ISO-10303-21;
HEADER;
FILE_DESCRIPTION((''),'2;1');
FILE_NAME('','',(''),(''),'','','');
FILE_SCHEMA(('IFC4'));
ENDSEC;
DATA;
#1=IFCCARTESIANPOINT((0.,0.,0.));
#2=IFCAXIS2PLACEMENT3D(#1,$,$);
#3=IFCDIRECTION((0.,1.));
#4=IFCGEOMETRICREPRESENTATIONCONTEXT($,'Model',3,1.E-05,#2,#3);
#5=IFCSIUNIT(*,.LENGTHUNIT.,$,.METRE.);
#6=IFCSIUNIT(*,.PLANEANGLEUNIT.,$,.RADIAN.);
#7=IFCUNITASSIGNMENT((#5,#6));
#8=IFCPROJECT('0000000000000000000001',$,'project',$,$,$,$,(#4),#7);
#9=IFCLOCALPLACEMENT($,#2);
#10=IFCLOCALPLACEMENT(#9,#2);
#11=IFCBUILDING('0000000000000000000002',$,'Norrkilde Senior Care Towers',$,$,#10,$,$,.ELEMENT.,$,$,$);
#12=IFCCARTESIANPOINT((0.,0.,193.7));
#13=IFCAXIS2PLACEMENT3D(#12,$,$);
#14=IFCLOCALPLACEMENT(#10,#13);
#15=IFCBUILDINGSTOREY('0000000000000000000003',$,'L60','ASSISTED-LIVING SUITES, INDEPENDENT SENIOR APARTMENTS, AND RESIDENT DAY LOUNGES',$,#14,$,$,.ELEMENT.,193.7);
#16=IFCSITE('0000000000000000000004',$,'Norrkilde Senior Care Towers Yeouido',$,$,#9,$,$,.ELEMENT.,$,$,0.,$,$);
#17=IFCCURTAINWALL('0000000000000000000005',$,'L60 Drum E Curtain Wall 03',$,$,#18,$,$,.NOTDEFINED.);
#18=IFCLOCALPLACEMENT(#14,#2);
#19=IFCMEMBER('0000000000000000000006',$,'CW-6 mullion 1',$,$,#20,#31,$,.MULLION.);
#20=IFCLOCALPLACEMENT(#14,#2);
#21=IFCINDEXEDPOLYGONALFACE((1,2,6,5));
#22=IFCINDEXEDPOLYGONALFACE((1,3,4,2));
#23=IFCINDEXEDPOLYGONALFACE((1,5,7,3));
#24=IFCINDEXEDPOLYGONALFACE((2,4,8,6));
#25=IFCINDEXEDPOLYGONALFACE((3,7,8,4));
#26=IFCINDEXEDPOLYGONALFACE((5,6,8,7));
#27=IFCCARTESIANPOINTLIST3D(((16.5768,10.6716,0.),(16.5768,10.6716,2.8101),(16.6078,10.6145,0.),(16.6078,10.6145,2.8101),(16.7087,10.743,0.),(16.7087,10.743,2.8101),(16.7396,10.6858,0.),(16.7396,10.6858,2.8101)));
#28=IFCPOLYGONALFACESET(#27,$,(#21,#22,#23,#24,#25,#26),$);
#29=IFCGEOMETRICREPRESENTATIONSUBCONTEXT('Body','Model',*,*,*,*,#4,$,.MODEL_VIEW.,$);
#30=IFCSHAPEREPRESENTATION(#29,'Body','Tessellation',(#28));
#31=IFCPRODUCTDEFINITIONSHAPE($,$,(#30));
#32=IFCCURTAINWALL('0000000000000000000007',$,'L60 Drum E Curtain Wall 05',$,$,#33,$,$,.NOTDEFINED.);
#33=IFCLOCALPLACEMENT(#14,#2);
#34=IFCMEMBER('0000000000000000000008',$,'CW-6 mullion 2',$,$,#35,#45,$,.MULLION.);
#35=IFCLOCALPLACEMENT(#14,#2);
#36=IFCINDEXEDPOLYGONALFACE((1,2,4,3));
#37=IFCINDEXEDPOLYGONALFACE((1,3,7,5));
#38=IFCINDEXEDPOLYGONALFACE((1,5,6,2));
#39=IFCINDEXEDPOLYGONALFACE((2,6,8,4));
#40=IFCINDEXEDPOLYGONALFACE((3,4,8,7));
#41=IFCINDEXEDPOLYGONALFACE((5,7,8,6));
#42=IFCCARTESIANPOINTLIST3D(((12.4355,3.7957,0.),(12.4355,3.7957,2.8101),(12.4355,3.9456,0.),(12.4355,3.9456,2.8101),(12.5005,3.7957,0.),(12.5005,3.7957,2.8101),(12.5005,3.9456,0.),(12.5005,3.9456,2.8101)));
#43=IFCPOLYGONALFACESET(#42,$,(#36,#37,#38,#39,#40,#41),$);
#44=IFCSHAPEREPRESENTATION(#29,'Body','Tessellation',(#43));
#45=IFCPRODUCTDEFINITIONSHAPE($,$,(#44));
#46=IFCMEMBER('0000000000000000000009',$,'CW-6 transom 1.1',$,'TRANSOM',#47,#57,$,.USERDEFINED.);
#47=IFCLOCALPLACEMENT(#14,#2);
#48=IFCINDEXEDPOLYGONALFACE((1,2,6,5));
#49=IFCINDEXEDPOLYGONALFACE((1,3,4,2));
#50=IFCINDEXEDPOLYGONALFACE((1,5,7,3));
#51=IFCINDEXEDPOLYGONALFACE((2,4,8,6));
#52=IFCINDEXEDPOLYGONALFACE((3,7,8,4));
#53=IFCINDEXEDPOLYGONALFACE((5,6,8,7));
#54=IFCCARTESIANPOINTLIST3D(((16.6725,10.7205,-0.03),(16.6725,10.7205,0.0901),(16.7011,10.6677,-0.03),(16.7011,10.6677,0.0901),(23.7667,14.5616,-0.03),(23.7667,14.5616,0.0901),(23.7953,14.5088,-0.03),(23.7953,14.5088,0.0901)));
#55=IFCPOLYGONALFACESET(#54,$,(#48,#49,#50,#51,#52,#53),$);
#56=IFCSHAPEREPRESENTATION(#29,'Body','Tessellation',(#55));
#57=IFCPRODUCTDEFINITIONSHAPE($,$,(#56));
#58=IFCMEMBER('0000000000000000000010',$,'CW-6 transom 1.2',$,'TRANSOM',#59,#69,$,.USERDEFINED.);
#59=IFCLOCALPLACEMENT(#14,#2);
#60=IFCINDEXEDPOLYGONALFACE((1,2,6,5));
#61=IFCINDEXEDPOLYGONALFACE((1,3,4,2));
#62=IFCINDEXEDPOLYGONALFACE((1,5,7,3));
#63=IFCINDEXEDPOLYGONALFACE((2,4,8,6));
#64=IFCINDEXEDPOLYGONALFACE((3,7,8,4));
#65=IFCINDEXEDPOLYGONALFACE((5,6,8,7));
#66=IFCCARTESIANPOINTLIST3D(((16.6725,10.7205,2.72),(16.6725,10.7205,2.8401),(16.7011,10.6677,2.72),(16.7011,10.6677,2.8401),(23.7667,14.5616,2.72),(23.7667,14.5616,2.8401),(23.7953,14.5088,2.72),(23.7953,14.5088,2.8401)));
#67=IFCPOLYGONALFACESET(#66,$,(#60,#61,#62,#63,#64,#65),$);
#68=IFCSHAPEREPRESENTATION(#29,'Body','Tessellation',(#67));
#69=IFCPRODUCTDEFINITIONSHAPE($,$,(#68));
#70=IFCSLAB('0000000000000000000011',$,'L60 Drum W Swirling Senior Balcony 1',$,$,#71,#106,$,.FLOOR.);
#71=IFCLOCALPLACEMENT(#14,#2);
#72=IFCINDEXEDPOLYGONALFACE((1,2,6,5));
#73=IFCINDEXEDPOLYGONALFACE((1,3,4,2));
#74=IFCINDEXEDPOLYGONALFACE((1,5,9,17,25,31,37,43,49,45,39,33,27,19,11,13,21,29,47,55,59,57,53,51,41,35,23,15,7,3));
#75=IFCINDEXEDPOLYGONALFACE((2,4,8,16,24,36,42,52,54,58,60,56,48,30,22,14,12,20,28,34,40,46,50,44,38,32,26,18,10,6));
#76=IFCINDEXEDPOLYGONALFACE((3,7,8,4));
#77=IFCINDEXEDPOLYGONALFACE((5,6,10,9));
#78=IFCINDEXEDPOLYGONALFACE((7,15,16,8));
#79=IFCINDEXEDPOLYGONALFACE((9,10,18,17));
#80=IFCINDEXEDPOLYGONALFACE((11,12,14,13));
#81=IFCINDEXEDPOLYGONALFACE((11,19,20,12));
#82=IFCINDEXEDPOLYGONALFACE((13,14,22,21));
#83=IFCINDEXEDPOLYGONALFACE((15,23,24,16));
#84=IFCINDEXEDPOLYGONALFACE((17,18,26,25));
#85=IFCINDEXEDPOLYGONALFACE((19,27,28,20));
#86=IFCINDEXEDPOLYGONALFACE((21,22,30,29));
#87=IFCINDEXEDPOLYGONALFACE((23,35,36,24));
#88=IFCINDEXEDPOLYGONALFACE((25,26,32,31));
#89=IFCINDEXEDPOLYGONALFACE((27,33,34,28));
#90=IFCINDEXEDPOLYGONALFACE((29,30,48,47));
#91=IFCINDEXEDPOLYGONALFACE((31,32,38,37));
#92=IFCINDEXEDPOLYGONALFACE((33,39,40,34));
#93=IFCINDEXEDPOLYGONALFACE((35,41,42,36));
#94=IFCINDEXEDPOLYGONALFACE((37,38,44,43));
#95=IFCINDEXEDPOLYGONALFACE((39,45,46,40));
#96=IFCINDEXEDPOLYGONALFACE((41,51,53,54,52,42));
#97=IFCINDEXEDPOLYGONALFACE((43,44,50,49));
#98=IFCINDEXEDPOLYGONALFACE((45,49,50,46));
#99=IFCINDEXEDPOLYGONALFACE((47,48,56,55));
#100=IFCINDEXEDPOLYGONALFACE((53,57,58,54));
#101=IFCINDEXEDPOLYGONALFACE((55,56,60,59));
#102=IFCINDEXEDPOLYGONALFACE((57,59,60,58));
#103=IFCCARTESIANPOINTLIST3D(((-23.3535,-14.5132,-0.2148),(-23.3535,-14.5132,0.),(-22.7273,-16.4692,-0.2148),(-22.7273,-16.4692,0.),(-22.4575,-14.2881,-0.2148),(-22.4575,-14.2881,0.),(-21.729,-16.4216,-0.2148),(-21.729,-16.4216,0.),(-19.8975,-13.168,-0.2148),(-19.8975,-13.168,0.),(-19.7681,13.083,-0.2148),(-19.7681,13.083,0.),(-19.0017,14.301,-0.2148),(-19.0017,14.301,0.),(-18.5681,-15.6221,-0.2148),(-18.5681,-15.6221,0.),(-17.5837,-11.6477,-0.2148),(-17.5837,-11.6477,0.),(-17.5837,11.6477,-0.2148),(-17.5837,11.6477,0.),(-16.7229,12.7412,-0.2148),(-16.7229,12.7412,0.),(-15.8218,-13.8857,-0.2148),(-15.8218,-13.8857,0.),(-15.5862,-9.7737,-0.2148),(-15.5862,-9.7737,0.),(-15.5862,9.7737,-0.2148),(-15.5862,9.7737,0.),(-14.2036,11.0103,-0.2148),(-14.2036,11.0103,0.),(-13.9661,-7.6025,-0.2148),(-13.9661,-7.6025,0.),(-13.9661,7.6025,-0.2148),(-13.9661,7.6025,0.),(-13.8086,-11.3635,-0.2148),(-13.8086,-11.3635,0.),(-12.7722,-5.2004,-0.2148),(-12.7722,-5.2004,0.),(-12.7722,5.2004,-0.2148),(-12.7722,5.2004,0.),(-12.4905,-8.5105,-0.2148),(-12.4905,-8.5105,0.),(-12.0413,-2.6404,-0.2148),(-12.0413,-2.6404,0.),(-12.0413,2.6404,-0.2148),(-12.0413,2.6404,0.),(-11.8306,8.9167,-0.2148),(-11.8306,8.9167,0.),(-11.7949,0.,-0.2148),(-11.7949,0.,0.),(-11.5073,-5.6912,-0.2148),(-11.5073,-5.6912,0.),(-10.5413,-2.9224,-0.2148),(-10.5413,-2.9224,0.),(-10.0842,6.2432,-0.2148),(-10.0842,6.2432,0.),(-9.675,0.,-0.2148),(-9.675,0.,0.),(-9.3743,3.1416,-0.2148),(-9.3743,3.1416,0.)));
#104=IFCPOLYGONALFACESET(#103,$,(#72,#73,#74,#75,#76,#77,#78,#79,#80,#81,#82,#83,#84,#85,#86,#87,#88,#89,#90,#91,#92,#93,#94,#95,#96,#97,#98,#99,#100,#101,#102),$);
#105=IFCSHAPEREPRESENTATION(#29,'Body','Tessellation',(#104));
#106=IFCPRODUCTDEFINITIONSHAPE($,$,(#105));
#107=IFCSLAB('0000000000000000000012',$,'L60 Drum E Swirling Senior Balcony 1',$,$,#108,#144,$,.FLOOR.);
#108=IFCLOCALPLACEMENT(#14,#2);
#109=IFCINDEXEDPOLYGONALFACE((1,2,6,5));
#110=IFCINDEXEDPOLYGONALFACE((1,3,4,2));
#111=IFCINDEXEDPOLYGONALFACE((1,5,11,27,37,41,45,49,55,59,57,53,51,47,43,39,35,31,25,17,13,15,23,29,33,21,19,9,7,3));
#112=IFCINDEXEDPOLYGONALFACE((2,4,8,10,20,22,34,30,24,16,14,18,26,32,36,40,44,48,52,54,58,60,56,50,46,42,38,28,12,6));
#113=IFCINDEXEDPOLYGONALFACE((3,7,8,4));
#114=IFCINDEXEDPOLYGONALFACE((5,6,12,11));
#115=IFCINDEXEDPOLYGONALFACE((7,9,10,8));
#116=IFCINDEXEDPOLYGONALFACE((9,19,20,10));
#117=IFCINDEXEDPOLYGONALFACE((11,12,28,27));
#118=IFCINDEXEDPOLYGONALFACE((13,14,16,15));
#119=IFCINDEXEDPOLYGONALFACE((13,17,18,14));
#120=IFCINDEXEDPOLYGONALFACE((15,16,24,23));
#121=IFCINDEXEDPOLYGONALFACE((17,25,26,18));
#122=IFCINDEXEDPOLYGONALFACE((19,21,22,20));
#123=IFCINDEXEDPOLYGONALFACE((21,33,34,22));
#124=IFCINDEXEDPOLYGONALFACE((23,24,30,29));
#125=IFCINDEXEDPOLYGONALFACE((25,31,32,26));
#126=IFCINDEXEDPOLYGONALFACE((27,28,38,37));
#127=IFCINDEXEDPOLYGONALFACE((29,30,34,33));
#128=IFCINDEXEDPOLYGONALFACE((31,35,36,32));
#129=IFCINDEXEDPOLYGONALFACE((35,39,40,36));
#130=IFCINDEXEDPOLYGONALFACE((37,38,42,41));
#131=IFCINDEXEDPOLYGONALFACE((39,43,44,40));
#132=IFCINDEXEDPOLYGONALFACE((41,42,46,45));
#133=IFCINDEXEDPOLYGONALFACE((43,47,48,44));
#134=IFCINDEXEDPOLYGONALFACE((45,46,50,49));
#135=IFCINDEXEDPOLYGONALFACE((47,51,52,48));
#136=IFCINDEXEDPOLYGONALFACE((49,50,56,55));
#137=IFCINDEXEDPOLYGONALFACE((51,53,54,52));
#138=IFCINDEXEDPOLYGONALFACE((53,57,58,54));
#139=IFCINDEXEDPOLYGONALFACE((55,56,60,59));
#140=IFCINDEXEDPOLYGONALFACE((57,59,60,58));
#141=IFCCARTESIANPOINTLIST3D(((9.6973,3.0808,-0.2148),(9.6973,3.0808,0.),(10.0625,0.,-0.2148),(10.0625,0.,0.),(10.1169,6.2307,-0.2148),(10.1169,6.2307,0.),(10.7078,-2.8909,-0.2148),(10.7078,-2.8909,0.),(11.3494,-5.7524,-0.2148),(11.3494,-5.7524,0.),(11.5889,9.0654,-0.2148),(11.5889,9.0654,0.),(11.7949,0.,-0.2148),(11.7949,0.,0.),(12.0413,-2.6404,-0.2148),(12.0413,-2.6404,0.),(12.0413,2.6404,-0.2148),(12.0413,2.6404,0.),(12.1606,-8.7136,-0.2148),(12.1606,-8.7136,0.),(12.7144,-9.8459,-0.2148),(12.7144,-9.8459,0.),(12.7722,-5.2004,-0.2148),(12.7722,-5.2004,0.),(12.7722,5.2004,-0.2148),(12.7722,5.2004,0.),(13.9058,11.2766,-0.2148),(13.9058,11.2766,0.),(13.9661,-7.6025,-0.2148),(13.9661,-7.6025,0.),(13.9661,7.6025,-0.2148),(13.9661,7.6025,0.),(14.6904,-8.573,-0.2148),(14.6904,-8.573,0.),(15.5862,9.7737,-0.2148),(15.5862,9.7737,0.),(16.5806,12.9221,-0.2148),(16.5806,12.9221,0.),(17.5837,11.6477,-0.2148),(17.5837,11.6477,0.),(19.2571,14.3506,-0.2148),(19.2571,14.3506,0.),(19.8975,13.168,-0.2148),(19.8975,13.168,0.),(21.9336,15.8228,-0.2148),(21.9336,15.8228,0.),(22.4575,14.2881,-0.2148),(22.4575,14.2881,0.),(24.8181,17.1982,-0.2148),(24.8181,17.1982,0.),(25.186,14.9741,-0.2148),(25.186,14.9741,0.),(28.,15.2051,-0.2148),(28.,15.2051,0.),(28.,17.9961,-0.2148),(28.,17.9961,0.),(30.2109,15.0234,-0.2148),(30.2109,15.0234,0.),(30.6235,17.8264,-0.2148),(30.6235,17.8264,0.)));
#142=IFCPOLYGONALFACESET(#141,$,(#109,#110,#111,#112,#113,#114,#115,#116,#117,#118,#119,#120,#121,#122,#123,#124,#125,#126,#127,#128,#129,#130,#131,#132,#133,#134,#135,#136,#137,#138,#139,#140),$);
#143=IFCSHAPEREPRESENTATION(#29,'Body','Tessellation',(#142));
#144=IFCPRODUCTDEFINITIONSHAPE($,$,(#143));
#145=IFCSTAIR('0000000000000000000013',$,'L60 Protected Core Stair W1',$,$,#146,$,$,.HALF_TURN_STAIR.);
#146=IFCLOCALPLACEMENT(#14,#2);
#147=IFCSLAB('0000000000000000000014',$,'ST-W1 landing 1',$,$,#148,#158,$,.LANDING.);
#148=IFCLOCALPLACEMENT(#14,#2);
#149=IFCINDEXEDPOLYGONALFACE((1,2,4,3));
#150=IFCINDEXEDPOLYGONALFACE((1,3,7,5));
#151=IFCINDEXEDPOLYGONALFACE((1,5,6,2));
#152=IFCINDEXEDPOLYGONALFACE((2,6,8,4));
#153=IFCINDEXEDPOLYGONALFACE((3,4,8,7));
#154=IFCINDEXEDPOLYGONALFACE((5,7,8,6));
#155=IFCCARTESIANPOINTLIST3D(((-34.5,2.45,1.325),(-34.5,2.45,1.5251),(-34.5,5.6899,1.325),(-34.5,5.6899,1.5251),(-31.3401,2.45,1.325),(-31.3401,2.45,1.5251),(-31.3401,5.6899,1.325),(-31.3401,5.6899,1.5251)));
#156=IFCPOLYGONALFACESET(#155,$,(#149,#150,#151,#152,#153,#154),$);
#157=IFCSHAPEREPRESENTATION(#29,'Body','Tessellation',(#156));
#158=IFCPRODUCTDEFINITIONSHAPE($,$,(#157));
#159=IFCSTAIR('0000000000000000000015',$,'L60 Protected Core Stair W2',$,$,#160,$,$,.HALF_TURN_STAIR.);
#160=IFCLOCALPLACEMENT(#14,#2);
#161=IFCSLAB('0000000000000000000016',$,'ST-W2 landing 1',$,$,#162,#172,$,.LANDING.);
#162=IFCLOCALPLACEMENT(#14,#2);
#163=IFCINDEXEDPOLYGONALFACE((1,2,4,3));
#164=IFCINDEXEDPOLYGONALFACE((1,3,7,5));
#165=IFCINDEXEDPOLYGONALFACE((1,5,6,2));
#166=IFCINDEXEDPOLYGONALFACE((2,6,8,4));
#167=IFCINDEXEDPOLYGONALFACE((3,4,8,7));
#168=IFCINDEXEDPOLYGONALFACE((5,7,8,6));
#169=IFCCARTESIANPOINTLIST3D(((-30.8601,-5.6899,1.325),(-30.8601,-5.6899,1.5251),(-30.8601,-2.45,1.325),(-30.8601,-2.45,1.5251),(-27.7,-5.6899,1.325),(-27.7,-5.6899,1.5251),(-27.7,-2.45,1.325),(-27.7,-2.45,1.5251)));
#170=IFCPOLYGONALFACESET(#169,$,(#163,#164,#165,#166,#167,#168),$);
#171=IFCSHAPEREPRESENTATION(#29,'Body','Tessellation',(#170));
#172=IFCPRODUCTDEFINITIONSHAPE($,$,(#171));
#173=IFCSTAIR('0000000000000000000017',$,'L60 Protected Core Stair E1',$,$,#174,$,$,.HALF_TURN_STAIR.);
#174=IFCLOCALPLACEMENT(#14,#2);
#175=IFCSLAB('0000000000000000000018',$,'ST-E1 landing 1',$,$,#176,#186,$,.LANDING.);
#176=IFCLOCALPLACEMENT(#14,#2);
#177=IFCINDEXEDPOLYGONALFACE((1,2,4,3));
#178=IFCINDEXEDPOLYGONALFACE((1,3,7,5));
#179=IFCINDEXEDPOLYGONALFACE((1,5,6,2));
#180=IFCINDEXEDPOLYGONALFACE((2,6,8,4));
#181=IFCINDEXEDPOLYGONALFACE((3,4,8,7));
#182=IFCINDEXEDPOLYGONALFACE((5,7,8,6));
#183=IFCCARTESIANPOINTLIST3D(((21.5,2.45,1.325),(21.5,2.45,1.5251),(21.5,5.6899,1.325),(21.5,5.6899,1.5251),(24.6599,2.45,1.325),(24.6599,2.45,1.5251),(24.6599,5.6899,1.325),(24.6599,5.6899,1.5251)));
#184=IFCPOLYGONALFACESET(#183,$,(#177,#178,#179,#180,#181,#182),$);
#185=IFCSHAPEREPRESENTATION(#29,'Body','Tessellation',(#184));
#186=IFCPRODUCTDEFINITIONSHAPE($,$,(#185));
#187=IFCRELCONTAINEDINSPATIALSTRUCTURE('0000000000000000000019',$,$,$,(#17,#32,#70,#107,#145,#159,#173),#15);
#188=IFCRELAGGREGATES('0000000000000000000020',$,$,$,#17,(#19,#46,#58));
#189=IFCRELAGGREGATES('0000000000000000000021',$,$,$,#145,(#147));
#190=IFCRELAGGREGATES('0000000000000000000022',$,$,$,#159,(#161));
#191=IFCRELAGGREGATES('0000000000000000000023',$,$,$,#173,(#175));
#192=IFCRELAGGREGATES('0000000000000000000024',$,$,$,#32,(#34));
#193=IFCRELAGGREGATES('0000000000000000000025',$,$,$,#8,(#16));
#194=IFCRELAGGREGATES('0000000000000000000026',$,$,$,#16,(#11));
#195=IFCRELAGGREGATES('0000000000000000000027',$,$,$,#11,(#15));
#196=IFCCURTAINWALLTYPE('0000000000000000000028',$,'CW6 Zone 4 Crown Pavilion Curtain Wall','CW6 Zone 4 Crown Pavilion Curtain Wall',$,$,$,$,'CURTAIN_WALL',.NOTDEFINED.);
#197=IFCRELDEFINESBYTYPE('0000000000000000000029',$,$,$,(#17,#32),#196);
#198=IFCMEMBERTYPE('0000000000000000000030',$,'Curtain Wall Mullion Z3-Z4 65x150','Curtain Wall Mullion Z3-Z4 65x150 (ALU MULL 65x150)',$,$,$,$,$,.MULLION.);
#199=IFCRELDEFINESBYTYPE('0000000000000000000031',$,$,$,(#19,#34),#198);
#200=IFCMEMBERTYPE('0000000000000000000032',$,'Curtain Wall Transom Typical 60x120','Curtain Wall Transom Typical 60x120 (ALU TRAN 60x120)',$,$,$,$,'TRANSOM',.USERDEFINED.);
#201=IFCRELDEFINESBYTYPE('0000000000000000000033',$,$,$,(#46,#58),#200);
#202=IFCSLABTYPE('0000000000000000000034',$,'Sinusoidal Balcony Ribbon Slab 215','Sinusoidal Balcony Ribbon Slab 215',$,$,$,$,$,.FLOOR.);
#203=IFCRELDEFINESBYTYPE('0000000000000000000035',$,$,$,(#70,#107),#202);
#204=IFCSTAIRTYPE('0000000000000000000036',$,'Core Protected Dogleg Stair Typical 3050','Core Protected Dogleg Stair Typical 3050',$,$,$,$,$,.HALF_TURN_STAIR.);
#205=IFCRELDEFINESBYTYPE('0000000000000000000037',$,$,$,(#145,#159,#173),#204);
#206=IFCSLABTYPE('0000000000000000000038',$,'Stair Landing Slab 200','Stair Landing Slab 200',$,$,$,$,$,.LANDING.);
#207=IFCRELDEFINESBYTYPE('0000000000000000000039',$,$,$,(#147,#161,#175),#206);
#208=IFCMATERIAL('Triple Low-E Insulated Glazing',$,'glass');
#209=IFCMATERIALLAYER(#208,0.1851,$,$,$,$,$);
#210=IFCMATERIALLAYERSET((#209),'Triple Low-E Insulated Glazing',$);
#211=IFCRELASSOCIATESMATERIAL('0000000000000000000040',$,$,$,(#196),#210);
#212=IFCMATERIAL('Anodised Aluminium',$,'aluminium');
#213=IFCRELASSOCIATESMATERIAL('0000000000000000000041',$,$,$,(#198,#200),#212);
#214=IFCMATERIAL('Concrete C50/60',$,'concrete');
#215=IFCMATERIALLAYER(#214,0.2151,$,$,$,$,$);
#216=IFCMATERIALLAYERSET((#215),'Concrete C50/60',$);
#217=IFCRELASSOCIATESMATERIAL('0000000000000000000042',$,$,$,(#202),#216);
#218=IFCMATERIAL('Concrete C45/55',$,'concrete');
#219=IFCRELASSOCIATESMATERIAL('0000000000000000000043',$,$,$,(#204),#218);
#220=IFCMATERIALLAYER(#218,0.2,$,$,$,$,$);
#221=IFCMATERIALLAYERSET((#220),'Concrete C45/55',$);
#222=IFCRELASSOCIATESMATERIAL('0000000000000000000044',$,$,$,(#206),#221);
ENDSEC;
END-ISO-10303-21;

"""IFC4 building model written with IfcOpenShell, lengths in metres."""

from ifc_helpers import new_model, si_unit, direction, frame, origin, origin_2d, place, context, subcontext, project, spatial, polyline, rectangle, outline, extrude, source, transform, mapped, material, layer, layer_set, material_profile, profile_set, type_object, type_shapes, element, aggregate, save


model = new_model("IFC4")

# Units and contexts
model_context = context("Model", 3, precision=1e-05, world=origin(), true_north=direction((0.0, 1.0)))
body_context = subcontext(model_context, "Body", "Model", "MODEL_VIEW")
ifc_project = project(units=[si_unit("LENGTHUNIT", "METRE"), si_unit("PLANEANGLEUNIT", "RADIAN")], contexts=[model_context])

# Site, building, storey
site_placement = place(None, origin())
site = spatial("IfcSite", under=ifc_project, at=site_placement, Name="Norrkilde Senior Care Towers Yeouido", CompositionType="ELEMENT", RefElevation=0.0)
building_placement = place(site_placement, origin())
building = spatial("IfcBuilding", under=site, at=building_placement, Name="Norrkilde Senior Care Towers", CompositionType="ELEMENT")
storey_placement = place(building_placement, frame((0.0, 0.0, 193.7)))
storey = spatial("IfcBuildingStorey", under=building, at=storey_placement, Name="L60", Description="ASSISTED-LIVING SUITES, INDEPENDENT SENIOR APARTMENTS, AND RESIDENT DAY LOUNGES", CompositionType="ELEMENT", Elevation=193.7)

# Shared definitions
ifc_material_1 = material(Name="Concrete C50/60", Category="concrete")

# Curtain walls, members
ifc_material_2 = material(Name="Triple Low-E Insulated Glazing", Category="glass")
ifc_layer_1 = layer(ifc_material_2, 0.1851)
ifc_layer_set_1 = layer_set([ifc_layer_1], Name="Triple Low-E Insulated Glazing")
curtain_wall_type = type_object("IfcCurtainWallType", Name="CW6 Zone 4 Crown Pavilion Curtain Wall", Description="CW6 Zone 4 Crown Pavilion Curtain Wall", ElementType="CURTAIN_WALL", PredefinedType="NOTDEFINED", material=ifc_layer_set_1)
curtain_wall_1_placement = place(storey_placement, origin())
curtain_wall_1 = element("IfcCurtainWall", 1, at=curtain_wall_1_placement, inside=storey, type_object=curtain_wall_type, Name="L60 Drum E Curtain Wall 03", PredefinedType="NOTDEFINED")
ifc_material_3 = material(Name="Anodised Aluminium", Category="aluminium")
ifc_material_profile_1 = material_profile(ifc_material_3, rectangle(XDim=0.0649, YDim=0.1499, at=origin_2d()), Name="ALU MULL 65x150")
ifc_profile_set_1 = profile_set([ifc_material_profile_1], Name="Anodised Aluminium")
member_type_1 = type_object("IfcMemberType", Name="Curtain Wall Mullion Z3-Z4 65x150", Description="Curtain Wall Mullion Z3-Z4 65x150 (ALU MULL 65x150)", PredefinedType="MULLION", material=ifc_profile_set_1)
shared_shape_1 = source(origin(), body_context, "Body", "SweptSolid", [
    extrude(rectangle(XDim=0.0649, YDim=0.1499, at=origin_2d()), origin(), (0.0, 0.0, 1.0), 2.8101),
])
type_shapes(member_type_1, [shared_shape_1])
member_1_placement = place(storey_placement, frame((16.6582, 10.6787, 0.0), z_axis=(0.0, 0.0, 1.0), x_axis=(-0.476133, 0.879373, 0.0)))
member_1 = element("IfcMember", 2, at=member_1_placement, type_object=member_type_1, Name="CW-6 mullion 1", PredefinedType="MULLION", context=body_context, shape_type="MappedRepresentation", body=[
    mapped(shared_shape_1, transform((0.0, 0.0, 0.0), x_axis=(1.0, 0.0, 0.0), y_axis=(0.0, 1.0, 0.0), z_axis=(0.0, 0.0, 1.0), scale=1.0)),
])
curtain_wall_2_placement = place(storey_placement, origin())
curtain_wall_2 = element("IfcCurtainWall", 3, at=curtain_wall_2_placement, inside=storey, type_object=curtain_wall_type, Name="L60 Drum E Curtain Wall 05", PredefinedType="NOTDEFINED")
member_2_placement = place(storey_placement, frame((12.468, 3.8706, 0.0), z_axis=(0.0, 0.0, 1.0), x_axis=(-1.0, 0.0, 0.0)))
member_2 = element("IfcMember", 4, at=member_2_placement, type_object=member_type_1, Name="CW-6 mullion 2", PredefinedType="MULLION", context=body_context, shape_type="MappedRepresentation", body=[
    mapped(shared_shape_1, transform((0.0, 0.0, 0.0), x_axis=(1.0, 0.0, 0.0), y_axis=(0.0, 1.0, 0.0), z_axis=(0.0, 0.0, 1.0), scale=1.0)),
])

# Members
ifc_material_profile_2 = material_profile(ifc_material_3, rectangle(XDim=0.0601, YDim=0.1201, at=origin_2d()), Name="ALU TRAN 60x120")
ifc_profile_set_2 = profile_set([ifc_material_profile_2], Name="Anodised Aluminium")
member_type_2 = type_object("IfcMemberType", Name="Curtain Wall Transom Typical 60x120", Description="Curtain Wall Transom Typical 60x120 (ALU TRAN 60x120)", ElementType="TRANSOM", PredefinedType="USERDEFINED", material=ifc_profile_set_2)
shared_shape_2 = source(origin(), body_context, "Body", "SweptSolid", [
    extrude(rectangle(XDim=0.0601, YDim=0.1201, at=origin_2d()), origin(), (0.0, 0.0, 1.0), 8.0674),
])
type_shapes(member_type_2, [shared_shape_2])
member_3_placement = place(storey_placement, frame((16.6868, 10.6941, 0.03), z_axis=(0.879378, 0.476125, 0.0), x_axis=(-0.476125, 0.879378, 0.0)))
member_3 = element("IfcMember", 5, at=member_3_placement, type_object=member_type_2, Name="CW-6 transom 1.1", ObjectType="TRANSOM", PredefinedType="USERDEFINED", context=body_context, shape_type="MappedRepresentation", body=[
    mapped(shared_shape_2, transform((0.0, 0.0, 0.0), x_axis=(1.0, 0.0, 0.0), y_axis=(0.0, 1.0, 0.0), z_axis=(0.0, 0.0, 1.0), scale=1.0)),
])
member_4_placement = place(storey_placement, frame((16.6868, 10.6941, 2.78), z_axis=(0.879378, 0.476125, 0.0), x_axis=(-0.476125, 0.879378, 0.0)))
member_4 = element("IfcMember", 6, at=member_4_placement, type_object=member_type_2, Name="CW-6 transom 1.2", ObjectType="TRANSOM", PredefinedType="USERDEFINED", context=body_context, shape_type="MappedRepresentation", body=[
    mapped(shared_shape_2, transform((0.0, 0.0, 0.0), x_axis=(1.0, 0.0, 0.0), y_axis=(0.0, 1.0, 0.0), z_axis=(0.0, 0.0, 1.0), scale=1.0)),
])
aggregate(curtain_wall_1, [member_1, member_3, member_4])

# Slabs
ifc_layer_2 = layer(ifc_material_1, 0.2151)
ifc_layer_set_2 = layer_set([ifc_layer_2], Name="Concrete C50/60")
slab_type_1 = type_object("IfcSlabType", Name="Sinusoidal Balcony Ribbon Slab 215", Description="Sinusoidal Balcony Ribbon Slab 215", PredefinedType="FLOOR", material=ifc_layer_set_2)
slab_1_placement = place(storey_placement, frame((0.0, 0.0, -0.2148)))
element("IfcSlab", 7, at=slab_1_placement, inside=storey, type_object=slab_type_1, Name="L60 Drum W Swirling Senior Balcony 1", PredefinedType="FLOOR", context=body_context, shape_type="SweptSolid", body=[
    extrude(outline(polyline([(-12.4905, -8.5105), (-13.8086, -11.3635), (-15.8218, -13.8857), (-18.5681, -15.6221), (-21.729, -16.4216), (-22.7273, -16.4692), (-23.3535, -14.5132), (-22.4575, -14.2881), (-19.8975, -13.168), (-17.5837, -11.6477), (-15.5862, -9.7737), (-13.9661, -7.6025), (-12.7722, -5.2004), (-12.0413, -2.6404), (-11.7949, 0.0), (-12.0413, 2.6404), (-12.7722, 5.2004), (-13.9661, 7.6025), (-15.5862, 9.7737), (-17.5837, 11.6477), (-19.7681, 13.083), (-19.0017, 14.301), (-16.7229, 12.7412), (-14.2036, 11.0103), (-11.8306, 8.9167), (-10.0842, 6.2432), (-9.3743, 3.1416), (-9.675, 0.0), (-10.5413, -2.9224), (-11.5073, -5.6912), (-12.4905, -8.5105)])), origin(), (0.0, 0.0, 1.0), 0.2148),
])
slab_2_placement = place(storey_placement, frame((0.0, 0.0, -0.2148)))
element("IfcSlab", 8, at=slab_2_placement, inside=storey, type_object=slab_type_1, Name="L60 Drum E Swirling Senior Balcony 1", PredefinedType="FLOOR", context=body_context, shape_type="SweptSolid", body=[
    extrude(outline(polyline([(11.3494, -5.7524), (10.7078, -2.8909), (10.0625, 0.0), (9.6973, 3.0808), (10.1169, 6.2307), (11.5889, 9.0654), (13.9058, 11.2766), (16.5806, 12.9221), (19.2571, 14.3506), (21.9336, 15.8228), (24.8181, 17.1982), (28.0, 17.9961), (30.6235, 17.8264), (30.2109, 15.0234), (28.0, 15.2051), (25.186, 14.9741), (22.4575, 14.2881), (19.8975, 13.168), (17.5837, 11.6477), (15.5862, 9.7737), (13.9661, 7.6025), (12.7722, 5.2004), (12.0413, 2.6404), (11.7949, 0.0), (12.0413, -2.6404), (12.7722, -5.2004), (13.9661, -7.6025), (14.6904, -8.573), (12.7144, -9.8459), (12.1606, -8.7136), (11.3494, -5.7524)])), origin(), (0.0, 0.0, 1.0), 0.2148),
])

# Stairs, slabs
ifc_material_4 = material(Name="Concrete C45/55", Category="concrete")
stair_type = type_object("IfcStairType", Name="Core Protected Dogleg Stair Typical 3050", Description="Core Protected Dogleg Stair Typical 3050", PredefinedType="HALF_TURN_STAIR", material=ifc_material_4)
stair_1_placement = place(storey_placement, origin())
stair_1 = element("IfcStair", 9, at=stair_1_placement, inside=storey, type_object=stair_type, Name="L60 Protected Core Stair W1", PredefinedType="HALF_TURN_STAIR")
ifc_layer_3 = layer(ifc_material_4, 0.2)
ifc_layer_set_3 = layer_set([ifc_layer_3], Name="Concrete C45/55")
slab_type_2 = type_object("IfcSlabType", Name="Stair Landing Slab 200", Description="Stair Landing Slab 200", PredefinedType="LANDING", material=ifc_layer_set_3)
slab_3_placement = place(storey_placement, frame((0.0, 0.0, 1.325)))
slab_3 = element("IfcSlab", 10, at=slab_3_placement, type_object=slab_type_2, Name="ST-W1 landing 1", PredefinedType="LANDING", context=body_context, shape_type="SweptSolid", body=[
    extrude(outline(polyline([(-31.3401, 5.6899), (-34.5, 5.6899), (-34.5, 2.45), (-31.3401, 2.45), (-31.3401, 5.6899)])), origin(), (0.0, 0.0, 1.0), 0.2002),
])
aggregate(stair_1, [slab_3])
stair_2_placement = place(storey_placement, origin())
stair_2 = element("IfcStair", 11, at=stair_2_placement, inside=storey, type_object=stair_type, Name="L60 Protected Core Stair W2", PredefinedType="HALF_TURN_STAIR")
slab_4_placement = place(storey_placement, frame((0.0, 0.0, 1.325)))
slab_4 = element("IfcSlab", 12, at=slab_4_placement, type_object=slab_type_2, Name="ST-W2 landing 1", PredefinedType="LANDING", context=body_context, shape_type="SweptSolid", body=[
    extrude(outline(polyline([(-30.8601, -5.6899), (-27.7, -5.6899), (-27.7, -2.45), (-30.8601, -2.45), (-30.8601, -5.6899)])), origin(), (0.0, 0.0, 1.0), 0.2002),
])
aggregate(stair_2, [slab_4])
stair_3_placement = place(storey_placement, origin())
stair_3 = element("IfcStair", 13, at=stair_3_placement, inside=storey, type_object=stair_type, Name="L60 Protected Core Stair E1", PredefinedType="HALF_TURN_STAIR")
slab_5_placement = place(storey_placement, frame((0.0, 0.0, 1.325)))
slab_5 = element("IfcSlab", 14, at=slab_5_placement, type_object=slab_type_2, Name="ST-E1 landing 1", PredefinedType="LANDING", context=body_context, shape_type="SweptSolid", body=[
    extrude(outline(polyline([(24.6599, 5.6899), (21.5, 5.6899), (21.5, 2.45), (24.6599, 2.45), (24.6599, 5.6899)])), origin(), (0.0, 0.0, 1.0), 0.2002),
])
aggregate(stair_3, [slab_5])

aggregate(curtain_wall_2, [member_2])

save(model, "model.ifc")
